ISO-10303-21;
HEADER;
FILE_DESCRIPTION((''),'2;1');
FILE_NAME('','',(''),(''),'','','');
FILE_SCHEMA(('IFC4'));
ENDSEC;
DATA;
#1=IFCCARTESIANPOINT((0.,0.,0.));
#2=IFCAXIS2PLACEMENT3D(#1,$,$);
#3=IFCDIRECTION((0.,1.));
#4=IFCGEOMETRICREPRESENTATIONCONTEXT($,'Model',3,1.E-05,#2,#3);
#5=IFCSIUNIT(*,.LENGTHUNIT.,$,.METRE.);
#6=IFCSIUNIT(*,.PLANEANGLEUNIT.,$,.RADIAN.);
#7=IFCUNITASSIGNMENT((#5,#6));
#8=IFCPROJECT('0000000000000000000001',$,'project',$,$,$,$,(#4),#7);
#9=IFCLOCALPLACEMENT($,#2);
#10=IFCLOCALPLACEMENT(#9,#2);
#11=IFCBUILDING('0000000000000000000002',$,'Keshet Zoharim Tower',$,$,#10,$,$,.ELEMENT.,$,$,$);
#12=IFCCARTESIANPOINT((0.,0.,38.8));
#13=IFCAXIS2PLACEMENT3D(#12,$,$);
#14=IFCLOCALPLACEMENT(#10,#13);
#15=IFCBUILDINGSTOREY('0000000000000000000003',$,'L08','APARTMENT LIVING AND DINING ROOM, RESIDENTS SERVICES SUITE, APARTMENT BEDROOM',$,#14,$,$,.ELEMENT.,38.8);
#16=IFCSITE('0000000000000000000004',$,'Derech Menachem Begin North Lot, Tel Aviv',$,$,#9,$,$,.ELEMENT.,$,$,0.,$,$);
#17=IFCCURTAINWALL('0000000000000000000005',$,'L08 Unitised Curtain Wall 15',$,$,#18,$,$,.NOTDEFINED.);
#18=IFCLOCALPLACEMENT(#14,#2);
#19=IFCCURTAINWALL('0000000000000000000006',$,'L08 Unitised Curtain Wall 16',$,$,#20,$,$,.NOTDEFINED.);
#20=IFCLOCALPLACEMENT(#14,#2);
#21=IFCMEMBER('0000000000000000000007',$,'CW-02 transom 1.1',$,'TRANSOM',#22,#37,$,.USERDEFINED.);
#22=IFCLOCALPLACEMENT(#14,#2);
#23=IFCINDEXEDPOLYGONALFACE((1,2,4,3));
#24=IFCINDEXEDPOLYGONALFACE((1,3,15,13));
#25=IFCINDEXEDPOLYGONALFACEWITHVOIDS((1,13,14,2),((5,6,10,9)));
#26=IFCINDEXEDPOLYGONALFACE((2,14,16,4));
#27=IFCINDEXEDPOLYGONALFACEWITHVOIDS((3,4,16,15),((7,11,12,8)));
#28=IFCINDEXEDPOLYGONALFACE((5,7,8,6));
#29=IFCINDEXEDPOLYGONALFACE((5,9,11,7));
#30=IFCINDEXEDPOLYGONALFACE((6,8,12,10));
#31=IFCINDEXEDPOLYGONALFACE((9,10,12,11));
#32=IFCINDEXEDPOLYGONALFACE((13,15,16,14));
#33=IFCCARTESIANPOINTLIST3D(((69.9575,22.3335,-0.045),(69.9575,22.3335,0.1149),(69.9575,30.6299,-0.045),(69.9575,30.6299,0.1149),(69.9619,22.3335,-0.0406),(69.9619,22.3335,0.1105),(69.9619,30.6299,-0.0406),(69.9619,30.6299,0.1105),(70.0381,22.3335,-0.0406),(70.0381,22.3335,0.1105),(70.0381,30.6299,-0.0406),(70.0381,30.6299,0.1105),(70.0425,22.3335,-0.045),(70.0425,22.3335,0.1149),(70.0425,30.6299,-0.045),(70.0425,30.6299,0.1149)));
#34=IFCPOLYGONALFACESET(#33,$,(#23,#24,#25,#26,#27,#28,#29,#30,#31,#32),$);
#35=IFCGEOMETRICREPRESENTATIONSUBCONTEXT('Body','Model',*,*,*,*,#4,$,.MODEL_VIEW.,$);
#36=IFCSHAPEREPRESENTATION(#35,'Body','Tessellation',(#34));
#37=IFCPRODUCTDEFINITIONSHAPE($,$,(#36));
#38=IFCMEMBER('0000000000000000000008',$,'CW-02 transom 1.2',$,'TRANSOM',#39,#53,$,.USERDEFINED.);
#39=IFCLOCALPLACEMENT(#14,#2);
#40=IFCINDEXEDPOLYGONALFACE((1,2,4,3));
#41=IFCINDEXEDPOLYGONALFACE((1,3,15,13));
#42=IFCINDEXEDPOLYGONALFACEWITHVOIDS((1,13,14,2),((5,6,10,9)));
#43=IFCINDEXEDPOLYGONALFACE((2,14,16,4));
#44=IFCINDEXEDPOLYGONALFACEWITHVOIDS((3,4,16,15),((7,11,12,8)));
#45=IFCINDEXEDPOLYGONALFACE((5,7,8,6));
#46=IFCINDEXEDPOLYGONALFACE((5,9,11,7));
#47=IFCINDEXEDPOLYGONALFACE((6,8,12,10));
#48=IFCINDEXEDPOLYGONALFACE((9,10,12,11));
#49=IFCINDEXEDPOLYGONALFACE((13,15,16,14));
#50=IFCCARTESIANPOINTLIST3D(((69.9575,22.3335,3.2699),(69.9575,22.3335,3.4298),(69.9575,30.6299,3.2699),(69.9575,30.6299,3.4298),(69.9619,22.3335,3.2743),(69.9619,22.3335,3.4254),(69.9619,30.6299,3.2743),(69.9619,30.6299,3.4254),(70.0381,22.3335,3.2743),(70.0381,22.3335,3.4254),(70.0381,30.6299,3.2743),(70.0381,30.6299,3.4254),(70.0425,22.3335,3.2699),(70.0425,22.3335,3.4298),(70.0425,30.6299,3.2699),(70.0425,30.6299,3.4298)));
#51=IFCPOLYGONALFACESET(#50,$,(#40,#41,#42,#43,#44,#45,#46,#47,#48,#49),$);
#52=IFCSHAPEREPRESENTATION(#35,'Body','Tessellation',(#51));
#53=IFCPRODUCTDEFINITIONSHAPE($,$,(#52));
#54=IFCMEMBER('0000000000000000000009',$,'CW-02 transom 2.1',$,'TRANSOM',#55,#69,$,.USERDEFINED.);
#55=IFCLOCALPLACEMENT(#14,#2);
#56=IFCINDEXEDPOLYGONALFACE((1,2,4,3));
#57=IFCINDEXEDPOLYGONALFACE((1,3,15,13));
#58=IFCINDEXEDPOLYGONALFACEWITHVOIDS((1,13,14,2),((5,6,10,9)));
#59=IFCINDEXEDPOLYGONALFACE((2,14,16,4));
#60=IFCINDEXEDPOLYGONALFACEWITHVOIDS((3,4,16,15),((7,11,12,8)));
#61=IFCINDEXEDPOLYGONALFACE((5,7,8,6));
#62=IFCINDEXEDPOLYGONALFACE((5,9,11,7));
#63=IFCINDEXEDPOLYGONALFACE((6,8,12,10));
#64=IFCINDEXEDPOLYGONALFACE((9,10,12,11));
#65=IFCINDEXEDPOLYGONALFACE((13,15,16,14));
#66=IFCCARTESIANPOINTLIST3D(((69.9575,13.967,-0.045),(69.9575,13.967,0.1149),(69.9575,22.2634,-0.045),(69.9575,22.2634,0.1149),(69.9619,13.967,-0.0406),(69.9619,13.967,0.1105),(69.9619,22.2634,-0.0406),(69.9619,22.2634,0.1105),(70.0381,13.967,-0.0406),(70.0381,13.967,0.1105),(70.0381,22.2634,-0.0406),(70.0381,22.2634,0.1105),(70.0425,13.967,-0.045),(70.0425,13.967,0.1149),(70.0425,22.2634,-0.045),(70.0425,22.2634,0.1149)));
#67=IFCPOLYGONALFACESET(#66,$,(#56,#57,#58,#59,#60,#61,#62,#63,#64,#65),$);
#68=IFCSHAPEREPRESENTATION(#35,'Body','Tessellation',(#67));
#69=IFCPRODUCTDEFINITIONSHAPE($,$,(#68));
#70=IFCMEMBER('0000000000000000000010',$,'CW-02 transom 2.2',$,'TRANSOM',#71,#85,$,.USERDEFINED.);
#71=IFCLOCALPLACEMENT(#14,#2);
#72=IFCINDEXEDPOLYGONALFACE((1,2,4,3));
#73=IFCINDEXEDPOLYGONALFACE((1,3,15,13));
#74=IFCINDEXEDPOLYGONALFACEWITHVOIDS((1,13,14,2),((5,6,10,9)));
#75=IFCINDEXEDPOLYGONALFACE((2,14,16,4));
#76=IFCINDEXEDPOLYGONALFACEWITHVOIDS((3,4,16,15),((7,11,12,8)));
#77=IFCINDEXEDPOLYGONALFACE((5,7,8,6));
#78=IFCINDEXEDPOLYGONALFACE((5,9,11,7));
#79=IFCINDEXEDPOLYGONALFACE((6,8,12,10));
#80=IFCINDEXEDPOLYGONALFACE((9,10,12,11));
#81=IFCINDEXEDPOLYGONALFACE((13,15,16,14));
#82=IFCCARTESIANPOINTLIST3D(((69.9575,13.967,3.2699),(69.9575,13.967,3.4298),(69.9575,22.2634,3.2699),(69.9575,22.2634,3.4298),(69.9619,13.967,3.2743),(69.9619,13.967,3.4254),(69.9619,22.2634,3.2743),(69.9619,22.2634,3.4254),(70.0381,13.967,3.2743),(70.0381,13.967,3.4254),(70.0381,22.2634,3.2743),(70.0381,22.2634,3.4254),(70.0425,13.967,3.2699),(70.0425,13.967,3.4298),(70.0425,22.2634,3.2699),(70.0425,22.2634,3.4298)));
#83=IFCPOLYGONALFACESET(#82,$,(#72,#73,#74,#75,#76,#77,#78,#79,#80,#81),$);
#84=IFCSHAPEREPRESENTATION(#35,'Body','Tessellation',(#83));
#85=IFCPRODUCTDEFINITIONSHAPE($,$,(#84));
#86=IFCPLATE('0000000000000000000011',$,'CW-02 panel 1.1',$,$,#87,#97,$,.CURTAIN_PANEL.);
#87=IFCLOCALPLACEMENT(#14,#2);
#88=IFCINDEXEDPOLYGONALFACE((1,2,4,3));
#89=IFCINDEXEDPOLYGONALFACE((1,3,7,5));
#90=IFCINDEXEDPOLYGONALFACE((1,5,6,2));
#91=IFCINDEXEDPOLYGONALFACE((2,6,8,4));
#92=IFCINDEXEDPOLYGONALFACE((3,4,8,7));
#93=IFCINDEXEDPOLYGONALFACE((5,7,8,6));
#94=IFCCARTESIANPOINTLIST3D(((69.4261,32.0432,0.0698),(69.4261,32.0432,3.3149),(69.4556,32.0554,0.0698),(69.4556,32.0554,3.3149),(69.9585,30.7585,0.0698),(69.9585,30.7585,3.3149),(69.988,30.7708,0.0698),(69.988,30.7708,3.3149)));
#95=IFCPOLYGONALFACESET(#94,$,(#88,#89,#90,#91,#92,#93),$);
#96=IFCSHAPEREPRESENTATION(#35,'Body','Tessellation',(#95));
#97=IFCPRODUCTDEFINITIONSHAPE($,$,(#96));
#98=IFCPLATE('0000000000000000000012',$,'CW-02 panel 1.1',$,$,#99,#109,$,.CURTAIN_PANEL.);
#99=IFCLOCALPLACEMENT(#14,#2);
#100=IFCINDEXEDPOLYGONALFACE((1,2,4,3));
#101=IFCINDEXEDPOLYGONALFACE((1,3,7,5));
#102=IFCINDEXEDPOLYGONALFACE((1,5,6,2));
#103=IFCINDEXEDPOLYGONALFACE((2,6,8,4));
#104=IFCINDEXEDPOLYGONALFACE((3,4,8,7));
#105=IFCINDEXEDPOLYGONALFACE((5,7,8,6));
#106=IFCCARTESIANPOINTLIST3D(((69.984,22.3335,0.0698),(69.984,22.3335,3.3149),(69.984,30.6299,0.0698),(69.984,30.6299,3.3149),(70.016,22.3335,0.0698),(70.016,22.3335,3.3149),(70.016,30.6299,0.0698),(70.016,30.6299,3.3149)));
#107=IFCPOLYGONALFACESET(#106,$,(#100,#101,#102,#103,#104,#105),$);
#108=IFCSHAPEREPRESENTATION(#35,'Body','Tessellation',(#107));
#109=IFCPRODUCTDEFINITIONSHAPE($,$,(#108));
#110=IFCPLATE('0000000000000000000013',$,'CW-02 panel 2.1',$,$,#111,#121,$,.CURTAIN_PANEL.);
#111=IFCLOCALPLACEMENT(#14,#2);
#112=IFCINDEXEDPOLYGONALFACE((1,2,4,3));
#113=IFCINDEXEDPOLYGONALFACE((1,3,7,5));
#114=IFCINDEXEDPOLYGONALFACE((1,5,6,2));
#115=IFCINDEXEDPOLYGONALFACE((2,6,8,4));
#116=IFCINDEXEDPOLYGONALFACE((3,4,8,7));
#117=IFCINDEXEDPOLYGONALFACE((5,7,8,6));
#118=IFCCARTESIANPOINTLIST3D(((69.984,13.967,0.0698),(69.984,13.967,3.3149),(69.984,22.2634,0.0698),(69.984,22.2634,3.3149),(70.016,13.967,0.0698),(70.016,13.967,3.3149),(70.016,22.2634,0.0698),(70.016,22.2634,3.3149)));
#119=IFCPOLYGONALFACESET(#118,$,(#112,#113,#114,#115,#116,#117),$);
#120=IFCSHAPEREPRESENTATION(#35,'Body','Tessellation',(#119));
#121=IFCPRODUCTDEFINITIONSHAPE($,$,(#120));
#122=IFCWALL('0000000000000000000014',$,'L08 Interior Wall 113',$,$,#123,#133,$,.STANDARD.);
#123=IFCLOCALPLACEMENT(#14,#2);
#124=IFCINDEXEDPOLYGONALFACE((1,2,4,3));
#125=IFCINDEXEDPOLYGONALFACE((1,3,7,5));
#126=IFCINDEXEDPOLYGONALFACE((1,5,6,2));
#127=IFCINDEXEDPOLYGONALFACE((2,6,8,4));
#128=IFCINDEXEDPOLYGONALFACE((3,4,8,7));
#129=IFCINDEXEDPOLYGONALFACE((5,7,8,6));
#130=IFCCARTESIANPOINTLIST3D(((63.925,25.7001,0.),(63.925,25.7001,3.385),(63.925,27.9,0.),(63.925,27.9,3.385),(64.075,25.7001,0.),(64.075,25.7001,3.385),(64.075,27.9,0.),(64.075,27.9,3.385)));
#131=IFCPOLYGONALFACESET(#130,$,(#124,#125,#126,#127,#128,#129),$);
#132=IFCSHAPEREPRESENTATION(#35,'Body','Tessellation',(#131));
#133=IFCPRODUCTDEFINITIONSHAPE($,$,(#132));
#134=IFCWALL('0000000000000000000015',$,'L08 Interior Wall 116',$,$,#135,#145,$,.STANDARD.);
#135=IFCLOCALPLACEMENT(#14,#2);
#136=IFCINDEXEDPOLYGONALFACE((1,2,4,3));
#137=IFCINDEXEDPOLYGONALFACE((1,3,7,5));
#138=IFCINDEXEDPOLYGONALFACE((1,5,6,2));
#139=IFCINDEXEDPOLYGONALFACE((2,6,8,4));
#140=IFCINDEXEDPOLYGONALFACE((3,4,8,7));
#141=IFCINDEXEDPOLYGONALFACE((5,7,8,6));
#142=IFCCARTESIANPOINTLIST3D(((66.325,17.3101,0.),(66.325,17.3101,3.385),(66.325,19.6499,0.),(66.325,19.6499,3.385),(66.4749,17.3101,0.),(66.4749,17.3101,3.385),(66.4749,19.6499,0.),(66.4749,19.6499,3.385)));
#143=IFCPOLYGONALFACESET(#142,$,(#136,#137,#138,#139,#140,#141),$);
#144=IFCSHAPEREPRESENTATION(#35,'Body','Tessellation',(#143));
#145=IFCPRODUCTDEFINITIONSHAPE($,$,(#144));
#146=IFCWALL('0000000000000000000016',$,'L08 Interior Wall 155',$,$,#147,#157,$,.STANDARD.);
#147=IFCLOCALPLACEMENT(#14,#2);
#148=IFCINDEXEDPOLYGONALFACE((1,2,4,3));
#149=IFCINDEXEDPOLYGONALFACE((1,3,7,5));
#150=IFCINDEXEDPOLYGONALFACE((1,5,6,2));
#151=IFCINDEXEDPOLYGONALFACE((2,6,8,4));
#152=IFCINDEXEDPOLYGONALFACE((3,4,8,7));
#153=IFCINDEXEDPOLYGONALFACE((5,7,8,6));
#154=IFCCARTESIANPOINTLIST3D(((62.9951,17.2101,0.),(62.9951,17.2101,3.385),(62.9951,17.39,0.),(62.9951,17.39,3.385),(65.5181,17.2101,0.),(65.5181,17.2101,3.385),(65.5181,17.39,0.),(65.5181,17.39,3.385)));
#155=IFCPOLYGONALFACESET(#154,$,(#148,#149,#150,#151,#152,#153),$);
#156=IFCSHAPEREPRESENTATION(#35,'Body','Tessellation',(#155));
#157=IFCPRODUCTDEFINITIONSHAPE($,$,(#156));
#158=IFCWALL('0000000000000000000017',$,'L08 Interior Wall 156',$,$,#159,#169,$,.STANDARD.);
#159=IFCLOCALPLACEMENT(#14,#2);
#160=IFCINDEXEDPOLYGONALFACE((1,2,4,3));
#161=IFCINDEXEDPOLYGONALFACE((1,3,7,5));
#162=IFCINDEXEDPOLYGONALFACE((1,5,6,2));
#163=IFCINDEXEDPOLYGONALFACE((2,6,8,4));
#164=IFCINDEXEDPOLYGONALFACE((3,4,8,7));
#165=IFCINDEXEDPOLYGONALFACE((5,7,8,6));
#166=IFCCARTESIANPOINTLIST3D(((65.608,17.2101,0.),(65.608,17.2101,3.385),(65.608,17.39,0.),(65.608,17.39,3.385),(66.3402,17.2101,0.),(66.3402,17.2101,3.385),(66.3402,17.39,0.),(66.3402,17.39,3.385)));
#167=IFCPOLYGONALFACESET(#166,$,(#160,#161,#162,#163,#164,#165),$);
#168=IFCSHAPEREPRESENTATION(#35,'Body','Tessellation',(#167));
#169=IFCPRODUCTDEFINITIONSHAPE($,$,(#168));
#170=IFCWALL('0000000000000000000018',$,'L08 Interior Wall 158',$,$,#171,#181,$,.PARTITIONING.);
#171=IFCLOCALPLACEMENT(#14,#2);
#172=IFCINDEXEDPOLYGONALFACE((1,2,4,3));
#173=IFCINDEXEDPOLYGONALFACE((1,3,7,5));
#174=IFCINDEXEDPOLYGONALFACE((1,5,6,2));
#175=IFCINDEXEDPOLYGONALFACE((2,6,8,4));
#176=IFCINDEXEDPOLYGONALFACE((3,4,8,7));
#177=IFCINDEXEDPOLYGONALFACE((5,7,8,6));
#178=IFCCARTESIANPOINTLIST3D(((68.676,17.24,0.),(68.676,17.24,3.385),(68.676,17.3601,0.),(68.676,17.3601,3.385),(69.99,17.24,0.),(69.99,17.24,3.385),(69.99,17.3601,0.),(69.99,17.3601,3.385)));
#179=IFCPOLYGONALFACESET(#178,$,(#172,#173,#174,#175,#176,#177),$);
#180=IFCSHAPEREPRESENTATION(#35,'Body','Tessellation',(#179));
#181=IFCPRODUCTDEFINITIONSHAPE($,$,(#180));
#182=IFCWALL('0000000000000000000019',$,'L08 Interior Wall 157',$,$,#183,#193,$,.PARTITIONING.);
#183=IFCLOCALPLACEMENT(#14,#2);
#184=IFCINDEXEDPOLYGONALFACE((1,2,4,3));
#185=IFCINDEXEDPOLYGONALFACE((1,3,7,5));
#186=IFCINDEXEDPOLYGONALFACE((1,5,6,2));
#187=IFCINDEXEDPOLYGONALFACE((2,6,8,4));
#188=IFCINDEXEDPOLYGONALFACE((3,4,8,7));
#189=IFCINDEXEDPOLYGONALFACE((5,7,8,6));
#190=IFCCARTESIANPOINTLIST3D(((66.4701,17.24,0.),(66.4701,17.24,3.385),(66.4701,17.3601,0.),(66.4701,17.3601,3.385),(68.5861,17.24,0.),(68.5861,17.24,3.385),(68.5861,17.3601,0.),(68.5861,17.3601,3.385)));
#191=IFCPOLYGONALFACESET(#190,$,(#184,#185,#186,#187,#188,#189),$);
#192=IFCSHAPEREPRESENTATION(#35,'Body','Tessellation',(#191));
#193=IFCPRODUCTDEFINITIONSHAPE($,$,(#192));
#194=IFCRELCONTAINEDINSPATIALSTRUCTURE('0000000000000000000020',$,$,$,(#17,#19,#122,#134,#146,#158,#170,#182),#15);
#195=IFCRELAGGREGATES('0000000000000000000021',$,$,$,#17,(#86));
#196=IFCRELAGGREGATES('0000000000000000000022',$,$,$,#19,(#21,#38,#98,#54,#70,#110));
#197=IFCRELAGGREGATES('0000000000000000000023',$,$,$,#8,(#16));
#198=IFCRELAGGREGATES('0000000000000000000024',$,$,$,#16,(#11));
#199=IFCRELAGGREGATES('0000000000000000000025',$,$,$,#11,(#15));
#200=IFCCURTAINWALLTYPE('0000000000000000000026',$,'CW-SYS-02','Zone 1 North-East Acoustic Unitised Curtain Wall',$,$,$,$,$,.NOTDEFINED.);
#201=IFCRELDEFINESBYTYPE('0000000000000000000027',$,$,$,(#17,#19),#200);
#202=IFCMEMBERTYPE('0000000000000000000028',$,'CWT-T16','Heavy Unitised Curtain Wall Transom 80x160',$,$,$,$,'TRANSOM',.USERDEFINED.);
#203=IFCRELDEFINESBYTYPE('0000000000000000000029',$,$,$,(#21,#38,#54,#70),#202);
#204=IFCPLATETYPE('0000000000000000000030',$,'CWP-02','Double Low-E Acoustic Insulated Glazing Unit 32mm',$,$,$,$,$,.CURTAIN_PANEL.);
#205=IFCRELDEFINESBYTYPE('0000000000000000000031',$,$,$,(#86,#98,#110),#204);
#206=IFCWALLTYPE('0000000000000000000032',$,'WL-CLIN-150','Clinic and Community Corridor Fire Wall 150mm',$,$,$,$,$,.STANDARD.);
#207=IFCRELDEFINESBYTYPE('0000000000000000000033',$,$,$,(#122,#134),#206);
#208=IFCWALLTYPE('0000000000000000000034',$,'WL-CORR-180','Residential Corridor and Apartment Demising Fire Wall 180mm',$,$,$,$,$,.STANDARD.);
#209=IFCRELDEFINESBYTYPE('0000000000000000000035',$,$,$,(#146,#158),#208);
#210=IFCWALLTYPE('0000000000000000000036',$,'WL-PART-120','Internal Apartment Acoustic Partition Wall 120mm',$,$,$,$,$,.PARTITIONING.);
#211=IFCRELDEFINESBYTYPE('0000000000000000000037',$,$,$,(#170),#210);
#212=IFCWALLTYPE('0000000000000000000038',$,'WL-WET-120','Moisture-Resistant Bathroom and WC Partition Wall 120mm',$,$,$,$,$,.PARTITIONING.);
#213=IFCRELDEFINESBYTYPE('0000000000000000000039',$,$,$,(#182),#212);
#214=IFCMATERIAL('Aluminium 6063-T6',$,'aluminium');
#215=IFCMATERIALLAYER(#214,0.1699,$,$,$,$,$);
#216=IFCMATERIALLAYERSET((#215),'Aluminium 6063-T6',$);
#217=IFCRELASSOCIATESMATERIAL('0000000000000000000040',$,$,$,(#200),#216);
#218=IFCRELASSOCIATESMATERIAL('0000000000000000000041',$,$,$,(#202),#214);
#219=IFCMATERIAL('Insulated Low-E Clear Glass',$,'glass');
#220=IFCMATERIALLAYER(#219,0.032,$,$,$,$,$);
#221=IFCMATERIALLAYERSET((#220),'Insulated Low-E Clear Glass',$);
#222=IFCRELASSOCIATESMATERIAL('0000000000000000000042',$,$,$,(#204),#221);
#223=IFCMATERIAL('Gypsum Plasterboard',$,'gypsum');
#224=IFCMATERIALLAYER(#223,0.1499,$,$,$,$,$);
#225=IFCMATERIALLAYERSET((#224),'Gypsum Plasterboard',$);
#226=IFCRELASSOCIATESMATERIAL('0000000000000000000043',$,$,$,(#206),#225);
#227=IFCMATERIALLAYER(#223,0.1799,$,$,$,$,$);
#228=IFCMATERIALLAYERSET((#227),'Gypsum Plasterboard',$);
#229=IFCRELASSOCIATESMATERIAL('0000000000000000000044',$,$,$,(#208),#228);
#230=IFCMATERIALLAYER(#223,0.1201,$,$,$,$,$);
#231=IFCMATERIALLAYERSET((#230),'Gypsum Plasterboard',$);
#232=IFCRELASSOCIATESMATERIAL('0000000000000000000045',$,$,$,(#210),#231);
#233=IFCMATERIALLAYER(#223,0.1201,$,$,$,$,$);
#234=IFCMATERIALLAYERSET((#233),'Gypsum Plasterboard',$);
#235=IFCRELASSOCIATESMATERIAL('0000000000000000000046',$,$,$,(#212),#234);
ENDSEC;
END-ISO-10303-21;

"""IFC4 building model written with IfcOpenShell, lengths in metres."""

from ifc_helpers import new_model, si_unit, direction, frame, frame_2d, origin, origin_2d, place, context, subcontext, project, spatial, rectangle, hollow_rectangle, extrude, material, layer, layer_set, material_profile, profile_set, type_object, element, aggregate, save


model = new_model("IFC4")

# Units and contexts
model_context = context("Model", 3, precision=1e-05, world=origin(), true_north=direction((0.0, 1.0)))
body_context = subcontext(model_context, "Body", "Model", "MODEL_VIEW")
ifc_project = project(units=[si_unit("LENGTHUNIT", "METRE"), si_unit("PLANEANGLEUNIT", "RADIAN")], contexts=[model_context])

# Site, building, storey
site_placement = place(None, origin())
site = spatial("IfcSite", under=ifc_project, at=site_placement, Name="Derech Menachem Begin North Lot, Tel Aviv", CompositionType="ELEMENT", RefElevation=0.0)
building_placement = place(site_placement, origin())
building = spatial("IfcBuilding", under=site, at=building_placement, Name="Keshet Zoharim Tower", CompositionType="ELEMENT")
storey_placement = place(building_placement, frame((0.0, 0.0, 38.8)))
storey = spatial("IfcBuildingStorey", under=building, at=storey_placement, Name="L08", Description="APARTMENT LIVING AND DINING ROOM, RESIDENTS SERVICES SUITE, APARTMENT BEDROOM", CompositionType="ELEMENT", Elevation=38.8)

# Curtain wall
ifc_material_1 = material(Name="Aluminium 6063-T6", Category="aluminium")
ifc_layer_1 = layer(ifc_material_1, 0.1699)
ifc_layer_set_1 = layer_set([ifc_layer_1], Name="Aluminium 6063-T6")
curtain_wall_type = type_object("IfcCurtainWallType", Name="CW-SYS-02", Description="Zone 1 North-East Acoustic Unitised Curtain Wall", PredefinedType="NOTDEFINED", material=ifc_layer_set_1)
curtain_wall_1_placement = place(storey_placement, origin())
curtain_wall_1 = element("IfcCurtainWall", 1, at=curtain_wall_1_placement, inside=storey, type_object=curtain_wall_type, Name="L08 Unitised Curtain Wall 15", PredefinedType="NOTDEFINED")

# Curtain wall, members
curtain_wall_2_placement = place(storey_placement, origin())
curtain_wall_2 = element("IfcCurtainWall", 2, at=curtain_wall_2_placement, inside=storey, type_object=curtain_wall_type, Name="L08 Unitised Curtain Wall 16", PredefinedType="NOTDEFINED")
ifc_material_profile_1 = material_profile(ifc_material_1, hollow_rectangle(XDim=0.085, YDim=0.1599, WallThickness=0.0044, at=origin_2d()), Name="TRN-85x160")
ifc_profile_set_1 = profile_set([ifc_material_profile_1], Name="Aluminium 6063-T6")
member_type_1 = type_object("IfcMemberType", Name="CWT-T16", Description="Heavy Unitised Curtain Wall Transom 80x160", ElementType="TRANSOM", PredefinedType="USERDEFINED", material=ifc_profile_set_1)
member_1_placement = place(storey_placement, frame((70.0, 30.6299, 0.0349), z_axis=(0.0, -1.0, 0.0), x_axis=(1.0, 0.0, 0.0)))
member_1 = element("IfcMember", 3, at=member_1_placement, type_object=member_type_1, Name="CW-02 transom 1.1", ObjectType="TRANSOM", PredefinedType="USERDEFINED", context=body_context, shape_type="SweptSolid", body=[
    extrude(hollow_rectangle(XDim=0.085, YDim=0.1599, WallThickness=0.0044, at=origin_2d()), origin(), (0.0, 0.0, 1.0), 8.2964),
])
member_2_placement = place(storey_placement, frame((70.0, 30.6299, 3.3499), z_axis=(0.0, -1.0, 0.0), x_axis=(1.0, 0.0, 0.0)))
member_2 = element("IfcMember", 4, at=member_2_placement, type_object=member_type_1, Name="CW-02 transom 1.2", ObjectType="TRANSOM", PredefinedType="USERDEFINED", context=body_context, shape_type="SweptSolid", body=[
    extrude(hollow_rectangle(XDim=0.085, YDim=0.1599, WallThickness=0.0044, at=origin_2d()), origin(), (0.0, 0.0, 1.0), 8.2964),
])
member_3_placement = place(storey_placement, frame((70.0, 22.2634, 0.0349), z_axis=(0.0, -1.0, 0.0), x_axis=(1.0, 0.0, 0.0)))
member_3 = element("IfcMember", 5, at=member_3_placement, type_object=member_type_1, Name="CW-02 transom 2.1", ObjectType="TRANSOM", PredefinedType="USERDEFINED", context=body_context, shape_type="SweptSolid", body=[
    extrude(hollow_rectangle(XDim=0.085, YDim=0.1599, WallThickness=0.0044, at=origin_2d()), origin(), (0.0, 0.0, 1.0), 8.2964),
])
member_4_placement = place(storey_placement, frame((70.0, 22.2634, 3.3499), z_axis=(0.0, -1.0, 0.0), x_axis=(1.0, 0.0, 0.0)))
member_4 = element("IfcMember", 6, at=member_4_placement, type_object=member_type_1, Name="CW-02 transom 2.2", ObjectType="TRANSOM", PredefinedType="USERDEFINED", context=body_context, shape_type="SweptSolid", body=[
    extrude(hollow_rectangle(XDim=0.085, YDim=0.1599, WallThickness=0.0044, at=origin_2d()), origin(), (0.0, 0.0, 1.0), 8.2964),
])

# Plates
ifc_material_2 = material(Name="Insulated Low-E Clear Glass", Category="glass")
ifc_layer_2 = layer(ifc_material_2, 0.032)
ifc_layer_set_2 = layer_set([ifc_layer_2], Name="Insulated Low-E Clear Glass")
plate_type = type_object("IfcPlateType", Name="CWP-02", Description="Double Low-E Acoustic Insulated Glazing Unit 32mm", PredefinedType="CURTAIN_PANEL", material=ifc_layer_set_2)
plate_1_placement = place(storey_placement, frame((69.707, 31.407, 0.0698), z_axis=(0.0, 0.0, 1.0), x_axis=(0.382852, -0.92381, 0.0)))
plate_1 = element("IfcPlate", 7, at=plate_1_placement, type_object=plate_type, Name="CW-02 panel 1.1", PredefinedType="CURTAIN_PANEL", context=body_context, shape_type="SweptSolid", body=[
    extrude(rectangle(XDim=1.3906, YDim=0.032, at=origin_2d()), origin(), (0.0, 0.0, 1.0), 3.2451),
])
aggregate(curtain_wall_1, [plate_1])
plate_2_placement = place(storey_placement, frame((70.0, 26.4817, 0.0698), z_axis=(0.0, 0.0, 1.0), x_axis=(0.0, -1.0, 0.0)))
plate_2 = element("IfcPlate", 8, at=plate_2_placement, type_object=plate_type, Name="CW-02 panel 1.1", PredefinedType="CURTAIN_PANEL", context=body_context, shape_type="SweptSolid", body=[
    extrude(rectangle(XDim=8.2964, YDim=0.032, at=origin_2d()), origin(), (0.0, 0.0, 1.0), 3.2451),
])
plate_3_placement = place(storey_placement, frame((70.0, 18.1152, 0.0698), z_axis=(0.0, 0.0, 1.0), x_axis=(0.0, -1.0, 0.0)))
plate_3 = element("IfcPlate", 9, at=plate_3_placement, type_object=plate_type, Name="CW-02 panel 2.1", PredefinedType="CURTAIN_PANEL", context=body_context, shape_type="SweptSolid", body=[
    extrude(rectangle(XDim=8.2964, YDim=0.032, at=origin_2d()), origin(), (0.0, 0.0, 1.0), 3.2451),
])
aggregate(curtain_wall_2, [member_1, member_2, plate_2, member_3, member_4, plate_3])

# Walls
ifc_material_3 = material(Name="Gypsum Plasterboard", Category="gypsum")
ifc_layer_3 = layer(ifc_material_3, 0.1499)
ifc_layer_set_3 = layer_set([ifc_layer_3], Name="Gypsum Plasterboard")
wall_type_1 = type_object("IfcWallType", Name="WL-CLIN-150", Description="Clinic and Community Corridor Fire Wall 150mm", PredefinedType="STANDARD", material=ifc_layer_set_3)
wall_1_placement = place(storey_placement, frame((64.0, 25.7, 0.0), z_axis=(0.0, 0.0, 1.0), x_axis=(0.0, 1.0, 0.0)))
element("IfcWall", 10, at=wall_1_placement, inside=storey, type_object=wall_type_1, Name="L08 Interior Wall 113", PredefinedType="STANDARD", context=body_context, shape_type="SweptSolid", body=[
    extrude(rectangle(XDim=2.2, YDim=0.1499, at=frame_2d((1.1001, 0.0))), origin(), (0.0, 0.0, 1.0), 3.385),
])
wall_2_placement = place(storey_placement, frame((66.3999, 17.3101, 0.0), z_axis=(0.0, 0.0, 1.0), x_axis=(0.0, 1.0, 0.0)))
element("IfcWall", 11, at=wall_2_placement, inside=storey, type_object=wall_type_1, Name="L08 Interior Wall 116", PredefinedType="STANDARD", context=body_context, shape_type="SweptSolid", body=[
    extrude(rectangle(XDim=2.3398, YDim=0.1499, at=frame_2d((1.1699, 0.0))), origin(), (0.0, 0.0, 1.0), 3.385),
])
ifc_layer_4 = layer(ifc_material_3, 0.1799)
ifc_layer_set_4 = layer_set([ifc_layer_4], Name="Gypsum Plasterboard")
wall_type_2 = type_object("IfcWallType", Name="WL-CORR-180", Description="Residential Corridor and Apartment Demising Fire Wall 180mm", PredefinedType="STANDARD", material=ifc_layer_set_4)
wall_3_placement = place(storey_placement, frame((62.9951, 17.3, 0.0), z_axis=(0.0, 0.0, 1.0), x_axis=(1.0, 0.0, 0.0)))
element("IfcWall", 12, at=wall_3_placement, inside=storey, type_object=wall_type_2, Name="L08 Interior Wall 155", PredefinedType="STANDARD", context=body_context, shape_type="SweptSolid", body=[
    extrude(rectangle(XDim=2.5229, YDim=0.1799, at=frame_2d((1.2615, 0.0))), origin(), (0.0, 0.0, 1.0), 3.385),
])
wall_4_placement = place(storey_placement, frame((65.6079, 17.3, 0.0), z_axis=(0.0, 0.0, 1.0), x_axis=(1.0, 0.0, 0.0)))
element("IfcWall", 13, at=wall_4_placement, inside=storey, type_object=wall_type_2, Name="L08 Interior Wall 156", PredefinedType="STANDARD", context=body_context, shape_type="SweptSolid", body=[
    extrude(rectangle(XDim=0.7322, YDim=0.1799, at=frame_2d((0.3662, 0.0))), origin(), (0.0, 0.0, 1.0), 3.385),
])
ifc_layer_5 = layer(ifc_material_3, 0.1201)
ifc_layer_set_5 = layer_set([ifc_layer_5], Name="Gypsum Plasterboard")
wall_type_3 = type_object("IfcWallType", Name="WL-PART-120", Description="Internal Apartment Acoustic Partition Wall 120mm", PredefinedType="PARTITIONING", material=ifc_layer_set_5)
wall_5_placement = place(storey_placement, frame((68.676, 17.3, 0.0), z_axis=(0.0, 0.0, 1.0), x_axis=(1.0, 0.0, 0.0)))
element("IfcWall", 14, at=wall_5_placement, inside=storey, type_object=wall_type_3, Name="L08 Interior Wall 158", PredefinedType="PARTITIONING", context=body_context, shape_type="SweptSolid", body=[
    extrude(rectangle(XDim=1.314, YDim=0.1201, at=frame_2d((0.657, 0.0))), origin(), (0.0, 0.0, 1.0), 3.385),
])
ifc_layer_6 = layer(ifc_material_3, 0.1201)
ifc_layer_set_6 = layer_set([ifc_layer_6], Name="Gypsum Plasterboard")
wall_type_4 = type_object("IfcWallType", Name="WL-WET-120", Description="Moisture-Resistant Bathroom and WC Partition Wall 120mm", PredefinedType="PARTITIONING", material=ifc_layer_set_6)
wall_6_placement = place(storey_placement, frame((66.47, 17.3, 0.0), z_axis=(0.0, 0.0, 1.0), x_axis=(1.0, 0.0, 0.0)))
element("IfcWall", 15, at=wall_6_placement, inside=storey, type_object=wall_type_4, Name="L08 Interior Wall 157", PredefinedType="PARTITIONING", context=body_context, shape_type="SweptSolid", body=[
    extrude(rectangle(XDim=2.116, YDim=0.1201, at=frame_2d((1.0581, 0.0))), origin(), (0.0, 0.0, 1.0), 3.385),
])

save(model, "model.ifc")
